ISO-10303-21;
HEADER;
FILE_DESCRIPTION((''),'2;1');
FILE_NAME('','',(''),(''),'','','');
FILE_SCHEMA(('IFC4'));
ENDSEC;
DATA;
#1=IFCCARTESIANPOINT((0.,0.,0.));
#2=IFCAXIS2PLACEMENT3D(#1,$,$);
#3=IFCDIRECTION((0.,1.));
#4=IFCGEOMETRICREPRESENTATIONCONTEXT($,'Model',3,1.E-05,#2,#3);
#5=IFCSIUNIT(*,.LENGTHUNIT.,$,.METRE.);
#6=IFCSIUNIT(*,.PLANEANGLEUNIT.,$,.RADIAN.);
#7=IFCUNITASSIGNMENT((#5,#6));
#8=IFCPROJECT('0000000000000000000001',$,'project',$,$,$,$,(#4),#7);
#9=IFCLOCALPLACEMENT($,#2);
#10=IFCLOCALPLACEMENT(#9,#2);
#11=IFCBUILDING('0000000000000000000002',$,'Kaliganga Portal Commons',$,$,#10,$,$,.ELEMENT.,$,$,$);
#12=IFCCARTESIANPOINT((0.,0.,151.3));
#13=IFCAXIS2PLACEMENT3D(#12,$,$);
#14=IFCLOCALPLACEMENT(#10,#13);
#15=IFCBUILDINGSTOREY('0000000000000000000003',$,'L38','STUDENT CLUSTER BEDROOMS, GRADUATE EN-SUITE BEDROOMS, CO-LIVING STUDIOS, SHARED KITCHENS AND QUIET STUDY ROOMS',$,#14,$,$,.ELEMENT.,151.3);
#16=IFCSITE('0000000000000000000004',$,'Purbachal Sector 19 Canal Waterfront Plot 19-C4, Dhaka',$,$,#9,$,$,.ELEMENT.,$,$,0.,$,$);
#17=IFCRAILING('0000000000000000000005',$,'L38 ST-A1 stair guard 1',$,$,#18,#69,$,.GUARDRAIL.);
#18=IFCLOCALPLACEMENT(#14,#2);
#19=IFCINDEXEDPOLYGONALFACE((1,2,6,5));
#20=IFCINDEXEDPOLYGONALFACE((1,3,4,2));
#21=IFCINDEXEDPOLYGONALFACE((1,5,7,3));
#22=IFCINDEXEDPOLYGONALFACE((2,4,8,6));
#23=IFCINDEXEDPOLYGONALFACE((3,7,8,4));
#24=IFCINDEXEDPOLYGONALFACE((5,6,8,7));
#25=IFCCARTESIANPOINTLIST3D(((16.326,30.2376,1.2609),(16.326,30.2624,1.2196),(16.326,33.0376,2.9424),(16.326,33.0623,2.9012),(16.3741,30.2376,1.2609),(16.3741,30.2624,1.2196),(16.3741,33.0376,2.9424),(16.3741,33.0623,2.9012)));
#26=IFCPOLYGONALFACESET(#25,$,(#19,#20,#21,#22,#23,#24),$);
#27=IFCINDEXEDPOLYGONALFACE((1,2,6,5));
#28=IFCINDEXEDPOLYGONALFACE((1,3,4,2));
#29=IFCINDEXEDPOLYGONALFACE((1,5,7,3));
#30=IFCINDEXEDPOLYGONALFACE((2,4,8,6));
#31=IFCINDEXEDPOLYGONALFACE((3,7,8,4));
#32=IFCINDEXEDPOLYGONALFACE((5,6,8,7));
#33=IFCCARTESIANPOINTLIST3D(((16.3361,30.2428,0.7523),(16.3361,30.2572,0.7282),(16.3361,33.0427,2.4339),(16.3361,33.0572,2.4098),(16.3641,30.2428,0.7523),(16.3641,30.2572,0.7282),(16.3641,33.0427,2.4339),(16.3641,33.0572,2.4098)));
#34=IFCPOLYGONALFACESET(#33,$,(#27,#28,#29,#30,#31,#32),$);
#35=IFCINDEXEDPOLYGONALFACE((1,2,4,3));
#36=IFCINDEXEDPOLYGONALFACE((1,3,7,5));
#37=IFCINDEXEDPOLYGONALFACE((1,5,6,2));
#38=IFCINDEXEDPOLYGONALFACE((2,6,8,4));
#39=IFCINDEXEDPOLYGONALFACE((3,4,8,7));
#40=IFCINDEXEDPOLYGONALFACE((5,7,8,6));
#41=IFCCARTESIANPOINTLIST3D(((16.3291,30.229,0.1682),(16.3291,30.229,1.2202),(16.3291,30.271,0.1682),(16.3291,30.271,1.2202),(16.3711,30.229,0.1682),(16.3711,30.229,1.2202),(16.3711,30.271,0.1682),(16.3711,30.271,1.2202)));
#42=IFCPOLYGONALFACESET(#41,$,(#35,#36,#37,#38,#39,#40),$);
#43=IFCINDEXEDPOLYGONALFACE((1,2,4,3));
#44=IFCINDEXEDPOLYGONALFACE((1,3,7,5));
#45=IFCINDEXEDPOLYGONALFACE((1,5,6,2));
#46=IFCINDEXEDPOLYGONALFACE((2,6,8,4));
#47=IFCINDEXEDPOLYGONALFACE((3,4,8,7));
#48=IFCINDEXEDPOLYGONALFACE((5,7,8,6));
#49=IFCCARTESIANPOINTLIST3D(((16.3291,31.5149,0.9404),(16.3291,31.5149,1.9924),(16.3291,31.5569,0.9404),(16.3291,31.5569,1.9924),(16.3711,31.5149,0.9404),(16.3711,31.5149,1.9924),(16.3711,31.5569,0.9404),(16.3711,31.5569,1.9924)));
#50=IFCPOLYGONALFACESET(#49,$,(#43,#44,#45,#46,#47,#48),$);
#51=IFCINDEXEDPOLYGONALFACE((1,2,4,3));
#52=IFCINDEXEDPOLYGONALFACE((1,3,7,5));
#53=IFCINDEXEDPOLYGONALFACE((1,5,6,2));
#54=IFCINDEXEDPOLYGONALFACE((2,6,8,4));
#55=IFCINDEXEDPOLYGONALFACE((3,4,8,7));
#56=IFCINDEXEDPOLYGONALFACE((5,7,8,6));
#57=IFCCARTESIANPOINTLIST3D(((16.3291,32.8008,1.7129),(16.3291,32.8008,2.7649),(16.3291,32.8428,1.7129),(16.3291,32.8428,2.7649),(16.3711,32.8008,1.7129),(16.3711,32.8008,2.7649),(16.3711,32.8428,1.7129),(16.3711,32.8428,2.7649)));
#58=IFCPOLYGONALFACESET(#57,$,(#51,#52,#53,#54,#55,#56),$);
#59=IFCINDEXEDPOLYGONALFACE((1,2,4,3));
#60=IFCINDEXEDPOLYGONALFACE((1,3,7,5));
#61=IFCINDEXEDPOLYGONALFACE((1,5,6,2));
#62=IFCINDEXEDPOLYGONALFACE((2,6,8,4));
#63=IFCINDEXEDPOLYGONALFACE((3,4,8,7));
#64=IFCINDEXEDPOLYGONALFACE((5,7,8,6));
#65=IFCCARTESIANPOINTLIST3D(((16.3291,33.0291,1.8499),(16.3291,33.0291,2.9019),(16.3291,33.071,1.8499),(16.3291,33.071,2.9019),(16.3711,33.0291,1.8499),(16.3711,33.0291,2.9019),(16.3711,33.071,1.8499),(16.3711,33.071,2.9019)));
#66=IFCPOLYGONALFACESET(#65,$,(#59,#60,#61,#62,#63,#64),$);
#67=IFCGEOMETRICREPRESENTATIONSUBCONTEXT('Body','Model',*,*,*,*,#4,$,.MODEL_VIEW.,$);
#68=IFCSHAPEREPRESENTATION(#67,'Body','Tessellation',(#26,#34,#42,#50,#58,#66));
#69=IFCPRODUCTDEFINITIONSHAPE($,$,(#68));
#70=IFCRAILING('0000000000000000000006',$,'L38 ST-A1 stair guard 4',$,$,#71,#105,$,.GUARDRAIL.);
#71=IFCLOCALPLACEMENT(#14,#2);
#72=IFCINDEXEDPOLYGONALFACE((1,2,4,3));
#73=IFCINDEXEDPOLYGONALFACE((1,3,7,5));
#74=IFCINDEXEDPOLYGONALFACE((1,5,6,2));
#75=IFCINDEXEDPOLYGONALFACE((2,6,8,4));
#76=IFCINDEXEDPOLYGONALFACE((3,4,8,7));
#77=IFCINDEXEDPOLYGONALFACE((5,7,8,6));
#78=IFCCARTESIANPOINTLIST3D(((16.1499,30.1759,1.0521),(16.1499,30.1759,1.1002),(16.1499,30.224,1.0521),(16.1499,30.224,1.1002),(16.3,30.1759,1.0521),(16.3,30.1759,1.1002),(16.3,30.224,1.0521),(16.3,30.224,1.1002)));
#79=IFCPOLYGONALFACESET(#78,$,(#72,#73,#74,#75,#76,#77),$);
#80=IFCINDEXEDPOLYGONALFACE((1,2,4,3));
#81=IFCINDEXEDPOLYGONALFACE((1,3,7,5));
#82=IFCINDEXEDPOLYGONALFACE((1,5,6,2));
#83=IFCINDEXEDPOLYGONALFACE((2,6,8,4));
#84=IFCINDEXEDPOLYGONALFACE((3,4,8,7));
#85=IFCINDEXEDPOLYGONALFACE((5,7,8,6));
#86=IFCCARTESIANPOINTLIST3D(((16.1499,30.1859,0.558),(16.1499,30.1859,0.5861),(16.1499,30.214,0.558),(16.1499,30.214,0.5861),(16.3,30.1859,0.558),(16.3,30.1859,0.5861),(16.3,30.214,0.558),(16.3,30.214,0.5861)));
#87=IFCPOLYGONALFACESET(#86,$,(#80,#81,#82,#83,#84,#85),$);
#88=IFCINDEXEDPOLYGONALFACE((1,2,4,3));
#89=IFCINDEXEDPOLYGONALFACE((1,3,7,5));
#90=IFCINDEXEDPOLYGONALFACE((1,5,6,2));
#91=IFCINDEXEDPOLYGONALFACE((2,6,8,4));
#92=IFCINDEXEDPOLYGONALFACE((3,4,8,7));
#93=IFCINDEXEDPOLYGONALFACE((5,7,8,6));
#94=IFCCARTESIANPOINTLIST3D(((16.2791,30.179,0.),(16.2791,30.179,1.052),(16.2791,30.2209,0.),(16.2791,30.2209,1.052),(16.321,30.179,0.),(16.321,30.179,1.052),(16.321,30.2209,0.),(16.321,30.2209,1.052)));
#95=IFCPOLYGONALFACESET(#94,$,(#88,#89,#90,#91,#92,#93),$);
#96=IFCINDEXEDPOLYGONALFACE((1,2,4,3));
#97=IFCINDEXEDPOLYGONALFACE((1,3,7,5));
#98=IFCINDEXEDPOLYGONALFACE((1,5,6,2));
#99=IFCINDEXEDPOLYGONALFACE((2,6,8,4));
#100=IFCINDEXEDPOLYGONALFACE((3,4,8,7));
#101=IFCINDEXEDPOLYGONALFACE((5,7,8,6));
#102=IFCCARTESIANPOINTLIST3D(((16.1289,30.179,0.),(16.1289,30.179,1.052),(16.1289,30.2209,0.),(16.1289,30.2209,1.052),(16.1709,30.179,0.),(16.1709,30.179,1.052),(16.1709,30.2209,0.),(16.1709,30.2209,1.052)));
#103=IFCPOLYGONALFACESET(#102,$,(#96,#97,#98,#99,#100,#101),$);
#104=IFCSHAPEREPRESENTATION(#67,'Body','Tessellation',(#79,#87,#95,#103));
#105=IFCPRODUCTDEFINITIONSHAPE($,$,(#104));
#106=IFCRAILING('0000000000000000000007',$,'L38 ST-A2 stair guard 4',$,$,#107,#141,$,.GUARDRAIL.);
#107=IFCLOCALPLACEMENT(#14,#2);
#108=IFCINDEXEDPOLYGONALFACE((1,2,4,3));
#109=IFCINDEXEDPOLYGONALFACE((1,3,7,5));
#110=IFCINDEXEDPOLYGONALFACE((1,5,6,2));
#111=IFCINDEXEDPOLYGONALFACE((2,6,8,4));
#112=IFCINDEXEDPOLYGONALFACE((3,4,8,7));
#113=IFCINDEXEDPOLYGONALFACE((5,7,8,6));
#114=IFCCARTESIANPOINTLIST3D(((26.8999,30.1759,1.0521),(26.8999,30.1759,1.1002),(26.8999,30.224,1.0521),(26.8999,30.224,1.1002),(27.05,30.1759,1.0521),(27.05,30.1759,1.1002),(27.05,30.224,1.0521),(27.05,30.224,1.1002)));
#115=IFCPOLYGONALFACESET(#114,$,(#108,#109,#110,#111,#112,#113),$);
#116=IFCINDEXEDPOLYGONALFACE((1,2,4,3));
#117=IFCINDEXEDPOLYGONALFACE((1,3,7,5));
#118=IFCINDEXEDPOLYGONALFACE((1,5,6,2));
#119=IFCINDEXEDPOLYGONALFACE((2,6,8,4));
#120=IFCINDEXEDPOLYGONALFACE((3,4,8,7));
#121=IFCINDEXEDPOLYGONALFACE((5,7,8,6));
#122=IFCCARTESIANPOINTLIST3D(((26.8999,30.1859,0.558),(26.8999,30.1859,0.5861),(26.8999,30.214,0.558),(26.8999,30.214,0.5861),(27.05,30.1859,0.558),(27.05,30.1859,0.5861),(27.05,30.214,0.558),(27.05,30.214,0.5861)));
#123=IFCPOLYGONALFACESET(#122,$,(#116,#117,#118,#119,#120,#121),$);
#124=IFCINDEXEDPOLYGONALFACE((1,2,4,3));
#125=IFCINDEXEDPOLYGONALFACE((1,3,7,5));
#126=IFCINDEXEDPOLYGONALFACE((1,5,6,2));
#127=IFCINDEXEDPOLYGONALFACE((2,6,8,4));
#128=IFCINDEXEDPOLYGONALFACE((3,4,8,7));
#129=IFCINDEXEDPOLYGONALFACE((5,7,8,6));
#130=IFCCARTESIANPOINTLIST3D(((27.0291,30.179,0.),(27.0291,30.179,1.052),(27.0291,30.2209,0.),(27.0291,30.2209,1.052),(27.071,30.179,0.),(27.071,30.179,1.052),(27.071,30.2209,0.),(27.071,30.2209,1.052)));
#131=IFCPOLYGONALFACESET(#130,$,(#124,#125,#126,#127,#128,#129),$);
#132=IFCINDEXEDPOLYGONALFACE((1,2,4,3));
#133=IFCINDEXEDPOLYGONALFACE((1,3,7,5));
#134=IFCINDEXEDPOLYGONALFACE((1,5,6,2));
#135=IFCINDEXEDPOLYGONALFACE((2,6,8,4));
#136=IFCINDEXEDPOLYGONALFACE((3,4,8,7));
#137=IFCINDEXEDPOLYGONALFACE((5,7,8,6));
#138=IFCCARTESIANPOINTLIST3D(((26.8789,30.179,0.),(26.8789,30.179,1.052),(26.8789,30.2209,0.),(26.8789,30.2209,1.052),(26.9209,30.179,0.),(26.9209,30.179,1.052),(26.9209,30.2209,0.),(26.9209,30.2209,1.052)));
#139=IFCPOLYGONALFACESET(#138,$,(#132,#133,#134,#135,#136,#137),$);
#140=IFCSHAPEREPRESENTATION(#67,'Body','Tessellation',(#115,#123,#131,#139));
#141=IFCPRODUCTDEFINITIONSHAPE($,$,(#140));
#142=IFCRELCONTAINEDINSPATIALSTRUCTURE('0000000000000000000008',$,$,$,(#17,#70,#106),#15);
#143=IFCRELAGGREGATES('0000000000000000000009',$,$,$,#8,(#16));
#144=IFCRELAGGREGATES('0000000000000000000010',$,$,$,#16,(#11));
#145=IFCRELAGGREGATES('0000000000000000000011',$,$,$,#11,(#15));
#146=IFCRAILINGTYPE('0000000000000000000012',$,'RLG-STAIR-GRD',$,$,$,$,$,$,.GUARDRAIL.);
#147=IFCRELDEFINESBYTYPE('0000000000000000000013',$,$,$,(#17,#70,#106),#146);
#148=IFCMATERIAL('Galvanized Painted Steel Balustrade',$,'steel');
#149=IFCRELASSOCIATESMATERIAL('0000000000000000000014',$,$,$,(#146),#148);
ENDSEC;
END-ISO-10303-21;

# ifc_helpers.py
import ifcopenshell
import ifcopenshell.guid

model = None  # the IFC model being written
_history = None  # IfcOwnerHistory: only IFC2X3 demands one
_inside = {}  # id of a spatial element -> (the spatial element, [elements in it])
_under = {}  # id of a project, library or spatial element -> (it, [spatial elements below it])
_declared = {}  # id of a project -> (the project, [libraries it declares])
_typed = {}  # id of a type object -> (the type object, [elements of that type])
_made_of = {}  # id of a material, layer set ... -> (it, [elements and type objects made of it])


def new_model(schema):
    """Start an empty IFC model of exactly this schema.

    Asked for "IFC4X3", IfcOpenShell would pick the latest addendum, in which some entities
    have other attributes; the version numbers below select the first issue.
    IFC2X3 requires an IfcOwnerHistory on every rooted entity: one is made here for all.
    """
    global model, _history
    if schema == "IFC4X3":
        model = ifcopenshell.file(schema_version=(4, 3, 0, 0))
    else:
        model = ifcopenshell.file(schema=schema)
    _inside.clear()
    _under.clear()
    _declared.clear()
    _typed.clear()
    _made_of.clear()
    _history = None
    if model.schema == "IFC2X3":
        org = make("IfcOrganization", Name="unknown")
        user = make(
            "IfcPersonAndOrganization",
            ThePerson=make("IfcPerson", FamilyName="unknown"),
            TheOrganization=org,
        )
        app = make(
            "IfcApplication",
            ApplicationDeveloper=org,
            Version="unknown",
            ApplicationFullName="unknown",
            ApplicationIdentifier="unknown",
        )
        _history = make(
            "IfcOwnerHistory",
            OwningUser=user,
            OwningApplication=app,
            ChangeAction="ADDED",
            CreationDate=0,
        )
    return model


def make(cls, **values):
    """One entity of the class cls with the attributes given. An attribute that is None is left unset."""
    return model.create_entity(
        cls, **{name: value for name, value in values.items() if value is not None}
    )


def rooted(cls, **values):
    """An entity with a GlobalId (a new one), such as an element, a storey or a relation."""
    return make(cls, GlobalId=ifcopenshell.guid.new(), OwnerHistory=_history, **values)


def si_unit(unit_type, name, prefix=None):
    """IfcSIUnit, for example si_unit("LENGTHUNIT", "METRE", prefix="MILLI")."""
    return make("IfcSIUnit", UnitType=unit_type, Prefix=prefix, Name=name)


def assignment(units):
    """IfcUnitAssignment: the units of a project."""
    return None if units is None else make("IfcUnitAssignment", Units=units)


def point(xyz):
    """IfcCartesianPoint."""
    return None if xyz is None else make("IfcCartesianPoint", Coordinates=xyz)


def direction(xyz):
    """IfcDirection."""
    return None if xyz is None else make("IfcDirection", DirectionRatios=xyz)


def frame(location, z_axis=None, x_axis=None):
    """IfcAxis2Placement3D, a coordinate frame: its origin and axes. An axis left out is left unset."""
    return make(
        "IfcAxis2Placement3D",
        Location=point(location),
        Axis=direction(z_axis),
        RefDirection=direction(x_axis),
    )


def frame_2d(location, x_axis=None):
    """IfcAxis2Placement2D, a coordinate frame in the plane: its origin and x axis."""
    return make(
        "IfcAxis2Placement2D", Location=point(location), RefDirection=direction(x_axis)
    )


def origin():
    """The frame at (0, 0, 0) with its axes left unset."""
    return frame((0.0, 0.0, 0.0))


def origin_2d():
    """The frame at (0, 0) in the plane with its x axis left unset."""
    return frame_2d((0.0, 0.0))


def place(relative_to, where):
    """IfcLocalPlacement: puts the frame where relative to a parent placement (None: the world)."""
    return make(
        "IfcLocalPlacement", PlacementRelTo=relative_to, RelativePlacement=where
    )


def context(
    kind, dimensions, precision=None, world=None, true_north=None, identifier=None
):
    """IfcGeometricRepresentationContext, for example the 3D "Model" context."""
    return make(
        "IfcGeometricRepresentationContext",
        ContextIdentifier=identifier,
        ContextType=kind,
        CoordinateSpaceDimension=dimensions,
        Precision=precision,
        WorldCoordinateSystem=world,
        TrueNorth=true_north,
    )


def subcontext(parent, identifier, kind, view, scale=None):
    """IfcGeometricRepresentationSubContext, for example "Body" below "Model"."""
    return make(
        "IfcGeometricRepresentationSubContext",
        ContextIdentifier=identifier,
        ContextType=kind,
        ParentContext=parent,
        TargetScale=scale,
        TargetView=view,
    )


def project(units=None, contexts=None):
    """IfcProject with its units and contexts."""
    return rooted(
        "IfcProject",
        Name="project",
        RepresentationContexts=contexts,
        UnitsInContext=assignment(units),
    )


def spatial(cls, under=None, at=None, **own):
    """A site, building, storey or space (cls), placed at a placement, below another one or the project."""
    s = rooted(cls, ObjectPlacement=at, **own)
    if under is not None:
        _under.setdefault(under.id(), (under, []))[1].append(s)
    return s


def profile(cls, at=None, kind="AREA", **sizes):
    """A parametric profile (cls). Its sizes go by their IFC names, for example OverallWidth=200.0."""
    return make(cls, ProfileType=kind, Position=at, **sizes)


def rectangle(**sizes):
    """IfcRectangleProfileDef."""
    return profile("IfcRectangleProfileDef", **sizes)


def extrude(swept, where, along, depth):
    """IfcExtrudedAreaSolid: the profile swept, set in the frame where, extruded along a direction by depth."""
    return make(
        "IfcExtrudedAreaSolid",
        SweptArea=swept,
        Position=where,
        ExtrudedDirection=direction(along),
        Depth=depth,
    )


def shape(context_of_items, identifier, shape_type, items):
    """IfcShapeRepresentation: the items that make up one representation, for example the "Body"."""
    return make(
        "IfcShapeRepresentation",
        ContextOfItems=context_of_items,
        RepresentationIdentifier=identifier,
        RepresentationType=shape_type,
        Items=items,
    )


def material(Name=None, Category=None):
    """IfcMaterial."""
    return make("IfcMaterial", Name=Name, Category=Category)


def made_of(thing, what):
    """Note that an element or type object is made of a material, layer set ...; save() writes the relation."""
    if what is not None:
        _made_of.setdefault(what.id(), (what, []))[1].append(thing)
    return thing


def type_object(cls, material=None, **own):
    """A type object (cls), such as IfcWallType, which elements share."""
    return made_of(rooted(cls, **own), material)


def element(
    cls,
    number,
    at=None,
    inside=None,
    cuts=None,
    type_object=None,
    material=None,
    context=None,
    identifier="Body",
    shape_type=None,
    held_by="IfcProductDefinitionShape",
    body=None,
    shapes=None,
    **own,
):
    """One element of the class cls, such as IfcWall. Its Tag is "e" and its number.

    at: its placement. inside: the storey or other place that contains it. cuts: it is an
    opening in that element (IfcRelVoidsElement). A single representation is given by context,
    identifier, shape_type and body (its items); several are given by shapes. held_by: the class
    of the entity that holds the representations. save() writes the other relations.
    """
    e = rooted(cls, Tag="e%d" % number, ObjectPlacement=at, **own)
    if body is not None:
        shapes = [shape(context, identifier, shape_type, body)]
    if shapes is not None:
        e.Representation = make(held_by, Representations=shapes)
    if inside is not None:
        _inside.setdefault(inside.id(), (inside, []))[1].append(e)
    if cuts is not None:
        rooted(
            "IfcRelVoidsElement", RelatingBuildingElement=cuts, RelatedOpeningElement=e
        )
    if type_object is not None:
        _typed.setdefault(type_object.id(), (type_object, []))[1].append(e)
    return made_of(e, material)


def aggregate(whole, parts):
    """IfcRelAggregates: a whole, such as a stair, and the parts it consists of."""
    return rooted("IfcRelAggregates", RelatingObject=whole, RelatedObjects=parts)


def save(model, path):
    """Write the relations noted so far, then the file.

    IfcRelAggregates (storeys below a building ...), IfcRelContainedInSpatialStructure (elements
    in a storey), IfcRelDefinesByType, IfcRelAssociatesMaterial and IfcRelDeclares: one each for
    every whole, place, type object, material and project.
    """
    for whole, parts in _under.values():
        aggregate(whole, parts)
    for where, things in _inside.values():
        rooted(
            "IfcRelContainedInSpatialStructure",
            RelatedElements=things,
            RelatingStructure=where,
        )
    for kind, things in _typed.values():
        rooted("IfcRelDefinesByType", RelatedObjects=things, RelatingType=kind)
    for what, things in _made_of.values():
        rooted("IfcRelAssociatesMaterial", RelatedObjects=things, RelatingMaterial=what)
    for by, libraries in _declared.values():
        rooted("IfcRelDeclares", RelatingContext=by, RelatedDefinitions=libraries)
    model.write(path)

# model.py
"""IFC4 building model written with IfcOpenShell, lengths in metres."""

from ifc_helpers import new_model, si_unit, direction, frame, origin, origin_2d, place, context, subcontext, project, spatial, rectangle, extrude, material, type_object, element, save


model = new_model("IFC4")

# Units and contexts
model_context = context("Model", 3, precision=1e-05, world=origin(), true_north=direction((0.0, 1.0)))
body_context = subcontext(model_context, "Body", "Model", "MODEL_VIEW")
ifc_project = project(units=[si_unit("LENGTHUNIT", "METRE"), si_unit("PLANEANGLEUNIT", "RADIAN")], contexts=[model_context])

# Site, building, storey
site_placement = place(None, origin())
site = spatial("IfcSite", under=ifc_project, at=site_placement, Name="Purbachal Sector 19 Canal Waterfront Plot 19-C4, Dhaka", CompositionType="ELEMENT", RefElevation=0.0)
building_placement = place(site_placement, origin())
building = spatial("IfcBuilding", under=site, at=building_placement, Name="Kaliganga Portal Commons", CompositionType="ELEMENT")
storey_placement = place(building_placement, frame((0.0, 0.0, 151.3)))
storey = spatial("IfcBuildingStorey", under=building, at=storey_placement, Name="L38", Description="STUDENT CLUSTER BEDROOMS, GRADUATE EN-SUITE BEDROOMS, CO-LIVING STUDIOS, SHARED KITCHENS AND QUIET STUDY ROOMS", CompositionType="ELEMENT", Elevation=151.3)

# Railings
ifc_material_1 = material(Name="Galvanized Painted Steel Balustrade", Category="steel")
railing_type = type_object("IfcRailingType", Name="RLG-STAIR-GRD", PredefinedType="GUARDRAIL", material=ifc_material_1)
railing_placement = place(storey_placement, frame((16.3501, 30.25, 0.1682)))
element("IfcRailing", 1, at=railing_placement, inside=storey, type_object=railing_type, Name="L38 ST-A1 stair guard 1", PredefinedType="GUARDRAIL", context=body_context, shape_type="SweptSolid", body=[
    extrude(rectangle(XDim=0.0481, YDim=0.0481, at=origin_2d()), frame((0.0, 0.0, 1.072), z_axis=(0.0, 0.857275, 0.514858), x_axis=(-1.0, 0.0, 0.0)), (0.0, 0.0, 1.0), 3.2661),
    extrude(rectangle(XDim=0.0281, YDim=0.0281, at=origin_2d()), frame((0.0, 0.0, 0.572), z_axis=(0.0, 0.857275, 0.514858), x_axis=(-1.0, 0.0, 0.0)), (0.0, 0.0, 1.0), 3.2661),
    extrude(rectangle(XDim=0.042, YDim=0.042, at=origin_2d()), origin(), (0.0, 0.0, 1.0), 1.052),
    extrude(rectangle(XDim=0.042, YDim=0.042, at=origin_2d()), frame((0.0, 1.2859, 0.7722)), (0.0, 0.0, 1.0), 1.052),
    extrude(rectangle(XDim=0.042, YDim=0.042, at=origin_2d()), frame((0.0, 2.5718, 1.5447)), (0.0, 0.0, 1.0), 1.052),
    extrude(rectangle(XDim=0.042, YDim=0.042, at=origin_2d()), frame((0.0, 2.8, 1.6816)), (0.0, 0.0, 1.0), 1.052),
])
for number, where, name in (
    (2, (16.3, 30.2, 0.0), "L38 ST-A1 stair guard 4"),
    (3, (27.05, 30.2, 0.0), "L38 ST-A2 stair guard 4"),
):
    element("IfcRailing", number, at=place(storey_placement, frame(where)), inside=storey, type_object=railing_type, Name=name, PredefinedType="GUARDRAIL", context=body_context, shape_type="SweptSolid", body=[
        extrude(rectangle(XDim=0.0481, YDim=0.0481, at=origin_2d()), frame((0.0, 0.0, 1.0762), z_axis=(-1.0, 0.0, 0.0), x_axis=(0.0, -1.0, 0.0)), (0.0, 0.0, 1.0), 0.1501),
        extrude(rectangle(XDim=0.0281, YDim=0.0281, at=origin_2d()), frame((0.0, 0.0, 0.572), z_axis=(-1.0, 0.0, 0.0), x_axis=(0.0, -1.0, 0.0)), (0.0, 0.0, 1.0), 0.1501),
        extrude(rectangle(XDim=0.042, YDim=0.042, at=origin_2d()), origin(), (0.0, 0.0, 1.0), 1.052),
        extrude(rectangle(XDim=0.042, YDim=0.042, at=origin_2d()), frame((-0.1501, 0.0, 0.0)), (0.0, 0.0, 1.0), 1.052),
    ])

save(model, "model.ifc")
